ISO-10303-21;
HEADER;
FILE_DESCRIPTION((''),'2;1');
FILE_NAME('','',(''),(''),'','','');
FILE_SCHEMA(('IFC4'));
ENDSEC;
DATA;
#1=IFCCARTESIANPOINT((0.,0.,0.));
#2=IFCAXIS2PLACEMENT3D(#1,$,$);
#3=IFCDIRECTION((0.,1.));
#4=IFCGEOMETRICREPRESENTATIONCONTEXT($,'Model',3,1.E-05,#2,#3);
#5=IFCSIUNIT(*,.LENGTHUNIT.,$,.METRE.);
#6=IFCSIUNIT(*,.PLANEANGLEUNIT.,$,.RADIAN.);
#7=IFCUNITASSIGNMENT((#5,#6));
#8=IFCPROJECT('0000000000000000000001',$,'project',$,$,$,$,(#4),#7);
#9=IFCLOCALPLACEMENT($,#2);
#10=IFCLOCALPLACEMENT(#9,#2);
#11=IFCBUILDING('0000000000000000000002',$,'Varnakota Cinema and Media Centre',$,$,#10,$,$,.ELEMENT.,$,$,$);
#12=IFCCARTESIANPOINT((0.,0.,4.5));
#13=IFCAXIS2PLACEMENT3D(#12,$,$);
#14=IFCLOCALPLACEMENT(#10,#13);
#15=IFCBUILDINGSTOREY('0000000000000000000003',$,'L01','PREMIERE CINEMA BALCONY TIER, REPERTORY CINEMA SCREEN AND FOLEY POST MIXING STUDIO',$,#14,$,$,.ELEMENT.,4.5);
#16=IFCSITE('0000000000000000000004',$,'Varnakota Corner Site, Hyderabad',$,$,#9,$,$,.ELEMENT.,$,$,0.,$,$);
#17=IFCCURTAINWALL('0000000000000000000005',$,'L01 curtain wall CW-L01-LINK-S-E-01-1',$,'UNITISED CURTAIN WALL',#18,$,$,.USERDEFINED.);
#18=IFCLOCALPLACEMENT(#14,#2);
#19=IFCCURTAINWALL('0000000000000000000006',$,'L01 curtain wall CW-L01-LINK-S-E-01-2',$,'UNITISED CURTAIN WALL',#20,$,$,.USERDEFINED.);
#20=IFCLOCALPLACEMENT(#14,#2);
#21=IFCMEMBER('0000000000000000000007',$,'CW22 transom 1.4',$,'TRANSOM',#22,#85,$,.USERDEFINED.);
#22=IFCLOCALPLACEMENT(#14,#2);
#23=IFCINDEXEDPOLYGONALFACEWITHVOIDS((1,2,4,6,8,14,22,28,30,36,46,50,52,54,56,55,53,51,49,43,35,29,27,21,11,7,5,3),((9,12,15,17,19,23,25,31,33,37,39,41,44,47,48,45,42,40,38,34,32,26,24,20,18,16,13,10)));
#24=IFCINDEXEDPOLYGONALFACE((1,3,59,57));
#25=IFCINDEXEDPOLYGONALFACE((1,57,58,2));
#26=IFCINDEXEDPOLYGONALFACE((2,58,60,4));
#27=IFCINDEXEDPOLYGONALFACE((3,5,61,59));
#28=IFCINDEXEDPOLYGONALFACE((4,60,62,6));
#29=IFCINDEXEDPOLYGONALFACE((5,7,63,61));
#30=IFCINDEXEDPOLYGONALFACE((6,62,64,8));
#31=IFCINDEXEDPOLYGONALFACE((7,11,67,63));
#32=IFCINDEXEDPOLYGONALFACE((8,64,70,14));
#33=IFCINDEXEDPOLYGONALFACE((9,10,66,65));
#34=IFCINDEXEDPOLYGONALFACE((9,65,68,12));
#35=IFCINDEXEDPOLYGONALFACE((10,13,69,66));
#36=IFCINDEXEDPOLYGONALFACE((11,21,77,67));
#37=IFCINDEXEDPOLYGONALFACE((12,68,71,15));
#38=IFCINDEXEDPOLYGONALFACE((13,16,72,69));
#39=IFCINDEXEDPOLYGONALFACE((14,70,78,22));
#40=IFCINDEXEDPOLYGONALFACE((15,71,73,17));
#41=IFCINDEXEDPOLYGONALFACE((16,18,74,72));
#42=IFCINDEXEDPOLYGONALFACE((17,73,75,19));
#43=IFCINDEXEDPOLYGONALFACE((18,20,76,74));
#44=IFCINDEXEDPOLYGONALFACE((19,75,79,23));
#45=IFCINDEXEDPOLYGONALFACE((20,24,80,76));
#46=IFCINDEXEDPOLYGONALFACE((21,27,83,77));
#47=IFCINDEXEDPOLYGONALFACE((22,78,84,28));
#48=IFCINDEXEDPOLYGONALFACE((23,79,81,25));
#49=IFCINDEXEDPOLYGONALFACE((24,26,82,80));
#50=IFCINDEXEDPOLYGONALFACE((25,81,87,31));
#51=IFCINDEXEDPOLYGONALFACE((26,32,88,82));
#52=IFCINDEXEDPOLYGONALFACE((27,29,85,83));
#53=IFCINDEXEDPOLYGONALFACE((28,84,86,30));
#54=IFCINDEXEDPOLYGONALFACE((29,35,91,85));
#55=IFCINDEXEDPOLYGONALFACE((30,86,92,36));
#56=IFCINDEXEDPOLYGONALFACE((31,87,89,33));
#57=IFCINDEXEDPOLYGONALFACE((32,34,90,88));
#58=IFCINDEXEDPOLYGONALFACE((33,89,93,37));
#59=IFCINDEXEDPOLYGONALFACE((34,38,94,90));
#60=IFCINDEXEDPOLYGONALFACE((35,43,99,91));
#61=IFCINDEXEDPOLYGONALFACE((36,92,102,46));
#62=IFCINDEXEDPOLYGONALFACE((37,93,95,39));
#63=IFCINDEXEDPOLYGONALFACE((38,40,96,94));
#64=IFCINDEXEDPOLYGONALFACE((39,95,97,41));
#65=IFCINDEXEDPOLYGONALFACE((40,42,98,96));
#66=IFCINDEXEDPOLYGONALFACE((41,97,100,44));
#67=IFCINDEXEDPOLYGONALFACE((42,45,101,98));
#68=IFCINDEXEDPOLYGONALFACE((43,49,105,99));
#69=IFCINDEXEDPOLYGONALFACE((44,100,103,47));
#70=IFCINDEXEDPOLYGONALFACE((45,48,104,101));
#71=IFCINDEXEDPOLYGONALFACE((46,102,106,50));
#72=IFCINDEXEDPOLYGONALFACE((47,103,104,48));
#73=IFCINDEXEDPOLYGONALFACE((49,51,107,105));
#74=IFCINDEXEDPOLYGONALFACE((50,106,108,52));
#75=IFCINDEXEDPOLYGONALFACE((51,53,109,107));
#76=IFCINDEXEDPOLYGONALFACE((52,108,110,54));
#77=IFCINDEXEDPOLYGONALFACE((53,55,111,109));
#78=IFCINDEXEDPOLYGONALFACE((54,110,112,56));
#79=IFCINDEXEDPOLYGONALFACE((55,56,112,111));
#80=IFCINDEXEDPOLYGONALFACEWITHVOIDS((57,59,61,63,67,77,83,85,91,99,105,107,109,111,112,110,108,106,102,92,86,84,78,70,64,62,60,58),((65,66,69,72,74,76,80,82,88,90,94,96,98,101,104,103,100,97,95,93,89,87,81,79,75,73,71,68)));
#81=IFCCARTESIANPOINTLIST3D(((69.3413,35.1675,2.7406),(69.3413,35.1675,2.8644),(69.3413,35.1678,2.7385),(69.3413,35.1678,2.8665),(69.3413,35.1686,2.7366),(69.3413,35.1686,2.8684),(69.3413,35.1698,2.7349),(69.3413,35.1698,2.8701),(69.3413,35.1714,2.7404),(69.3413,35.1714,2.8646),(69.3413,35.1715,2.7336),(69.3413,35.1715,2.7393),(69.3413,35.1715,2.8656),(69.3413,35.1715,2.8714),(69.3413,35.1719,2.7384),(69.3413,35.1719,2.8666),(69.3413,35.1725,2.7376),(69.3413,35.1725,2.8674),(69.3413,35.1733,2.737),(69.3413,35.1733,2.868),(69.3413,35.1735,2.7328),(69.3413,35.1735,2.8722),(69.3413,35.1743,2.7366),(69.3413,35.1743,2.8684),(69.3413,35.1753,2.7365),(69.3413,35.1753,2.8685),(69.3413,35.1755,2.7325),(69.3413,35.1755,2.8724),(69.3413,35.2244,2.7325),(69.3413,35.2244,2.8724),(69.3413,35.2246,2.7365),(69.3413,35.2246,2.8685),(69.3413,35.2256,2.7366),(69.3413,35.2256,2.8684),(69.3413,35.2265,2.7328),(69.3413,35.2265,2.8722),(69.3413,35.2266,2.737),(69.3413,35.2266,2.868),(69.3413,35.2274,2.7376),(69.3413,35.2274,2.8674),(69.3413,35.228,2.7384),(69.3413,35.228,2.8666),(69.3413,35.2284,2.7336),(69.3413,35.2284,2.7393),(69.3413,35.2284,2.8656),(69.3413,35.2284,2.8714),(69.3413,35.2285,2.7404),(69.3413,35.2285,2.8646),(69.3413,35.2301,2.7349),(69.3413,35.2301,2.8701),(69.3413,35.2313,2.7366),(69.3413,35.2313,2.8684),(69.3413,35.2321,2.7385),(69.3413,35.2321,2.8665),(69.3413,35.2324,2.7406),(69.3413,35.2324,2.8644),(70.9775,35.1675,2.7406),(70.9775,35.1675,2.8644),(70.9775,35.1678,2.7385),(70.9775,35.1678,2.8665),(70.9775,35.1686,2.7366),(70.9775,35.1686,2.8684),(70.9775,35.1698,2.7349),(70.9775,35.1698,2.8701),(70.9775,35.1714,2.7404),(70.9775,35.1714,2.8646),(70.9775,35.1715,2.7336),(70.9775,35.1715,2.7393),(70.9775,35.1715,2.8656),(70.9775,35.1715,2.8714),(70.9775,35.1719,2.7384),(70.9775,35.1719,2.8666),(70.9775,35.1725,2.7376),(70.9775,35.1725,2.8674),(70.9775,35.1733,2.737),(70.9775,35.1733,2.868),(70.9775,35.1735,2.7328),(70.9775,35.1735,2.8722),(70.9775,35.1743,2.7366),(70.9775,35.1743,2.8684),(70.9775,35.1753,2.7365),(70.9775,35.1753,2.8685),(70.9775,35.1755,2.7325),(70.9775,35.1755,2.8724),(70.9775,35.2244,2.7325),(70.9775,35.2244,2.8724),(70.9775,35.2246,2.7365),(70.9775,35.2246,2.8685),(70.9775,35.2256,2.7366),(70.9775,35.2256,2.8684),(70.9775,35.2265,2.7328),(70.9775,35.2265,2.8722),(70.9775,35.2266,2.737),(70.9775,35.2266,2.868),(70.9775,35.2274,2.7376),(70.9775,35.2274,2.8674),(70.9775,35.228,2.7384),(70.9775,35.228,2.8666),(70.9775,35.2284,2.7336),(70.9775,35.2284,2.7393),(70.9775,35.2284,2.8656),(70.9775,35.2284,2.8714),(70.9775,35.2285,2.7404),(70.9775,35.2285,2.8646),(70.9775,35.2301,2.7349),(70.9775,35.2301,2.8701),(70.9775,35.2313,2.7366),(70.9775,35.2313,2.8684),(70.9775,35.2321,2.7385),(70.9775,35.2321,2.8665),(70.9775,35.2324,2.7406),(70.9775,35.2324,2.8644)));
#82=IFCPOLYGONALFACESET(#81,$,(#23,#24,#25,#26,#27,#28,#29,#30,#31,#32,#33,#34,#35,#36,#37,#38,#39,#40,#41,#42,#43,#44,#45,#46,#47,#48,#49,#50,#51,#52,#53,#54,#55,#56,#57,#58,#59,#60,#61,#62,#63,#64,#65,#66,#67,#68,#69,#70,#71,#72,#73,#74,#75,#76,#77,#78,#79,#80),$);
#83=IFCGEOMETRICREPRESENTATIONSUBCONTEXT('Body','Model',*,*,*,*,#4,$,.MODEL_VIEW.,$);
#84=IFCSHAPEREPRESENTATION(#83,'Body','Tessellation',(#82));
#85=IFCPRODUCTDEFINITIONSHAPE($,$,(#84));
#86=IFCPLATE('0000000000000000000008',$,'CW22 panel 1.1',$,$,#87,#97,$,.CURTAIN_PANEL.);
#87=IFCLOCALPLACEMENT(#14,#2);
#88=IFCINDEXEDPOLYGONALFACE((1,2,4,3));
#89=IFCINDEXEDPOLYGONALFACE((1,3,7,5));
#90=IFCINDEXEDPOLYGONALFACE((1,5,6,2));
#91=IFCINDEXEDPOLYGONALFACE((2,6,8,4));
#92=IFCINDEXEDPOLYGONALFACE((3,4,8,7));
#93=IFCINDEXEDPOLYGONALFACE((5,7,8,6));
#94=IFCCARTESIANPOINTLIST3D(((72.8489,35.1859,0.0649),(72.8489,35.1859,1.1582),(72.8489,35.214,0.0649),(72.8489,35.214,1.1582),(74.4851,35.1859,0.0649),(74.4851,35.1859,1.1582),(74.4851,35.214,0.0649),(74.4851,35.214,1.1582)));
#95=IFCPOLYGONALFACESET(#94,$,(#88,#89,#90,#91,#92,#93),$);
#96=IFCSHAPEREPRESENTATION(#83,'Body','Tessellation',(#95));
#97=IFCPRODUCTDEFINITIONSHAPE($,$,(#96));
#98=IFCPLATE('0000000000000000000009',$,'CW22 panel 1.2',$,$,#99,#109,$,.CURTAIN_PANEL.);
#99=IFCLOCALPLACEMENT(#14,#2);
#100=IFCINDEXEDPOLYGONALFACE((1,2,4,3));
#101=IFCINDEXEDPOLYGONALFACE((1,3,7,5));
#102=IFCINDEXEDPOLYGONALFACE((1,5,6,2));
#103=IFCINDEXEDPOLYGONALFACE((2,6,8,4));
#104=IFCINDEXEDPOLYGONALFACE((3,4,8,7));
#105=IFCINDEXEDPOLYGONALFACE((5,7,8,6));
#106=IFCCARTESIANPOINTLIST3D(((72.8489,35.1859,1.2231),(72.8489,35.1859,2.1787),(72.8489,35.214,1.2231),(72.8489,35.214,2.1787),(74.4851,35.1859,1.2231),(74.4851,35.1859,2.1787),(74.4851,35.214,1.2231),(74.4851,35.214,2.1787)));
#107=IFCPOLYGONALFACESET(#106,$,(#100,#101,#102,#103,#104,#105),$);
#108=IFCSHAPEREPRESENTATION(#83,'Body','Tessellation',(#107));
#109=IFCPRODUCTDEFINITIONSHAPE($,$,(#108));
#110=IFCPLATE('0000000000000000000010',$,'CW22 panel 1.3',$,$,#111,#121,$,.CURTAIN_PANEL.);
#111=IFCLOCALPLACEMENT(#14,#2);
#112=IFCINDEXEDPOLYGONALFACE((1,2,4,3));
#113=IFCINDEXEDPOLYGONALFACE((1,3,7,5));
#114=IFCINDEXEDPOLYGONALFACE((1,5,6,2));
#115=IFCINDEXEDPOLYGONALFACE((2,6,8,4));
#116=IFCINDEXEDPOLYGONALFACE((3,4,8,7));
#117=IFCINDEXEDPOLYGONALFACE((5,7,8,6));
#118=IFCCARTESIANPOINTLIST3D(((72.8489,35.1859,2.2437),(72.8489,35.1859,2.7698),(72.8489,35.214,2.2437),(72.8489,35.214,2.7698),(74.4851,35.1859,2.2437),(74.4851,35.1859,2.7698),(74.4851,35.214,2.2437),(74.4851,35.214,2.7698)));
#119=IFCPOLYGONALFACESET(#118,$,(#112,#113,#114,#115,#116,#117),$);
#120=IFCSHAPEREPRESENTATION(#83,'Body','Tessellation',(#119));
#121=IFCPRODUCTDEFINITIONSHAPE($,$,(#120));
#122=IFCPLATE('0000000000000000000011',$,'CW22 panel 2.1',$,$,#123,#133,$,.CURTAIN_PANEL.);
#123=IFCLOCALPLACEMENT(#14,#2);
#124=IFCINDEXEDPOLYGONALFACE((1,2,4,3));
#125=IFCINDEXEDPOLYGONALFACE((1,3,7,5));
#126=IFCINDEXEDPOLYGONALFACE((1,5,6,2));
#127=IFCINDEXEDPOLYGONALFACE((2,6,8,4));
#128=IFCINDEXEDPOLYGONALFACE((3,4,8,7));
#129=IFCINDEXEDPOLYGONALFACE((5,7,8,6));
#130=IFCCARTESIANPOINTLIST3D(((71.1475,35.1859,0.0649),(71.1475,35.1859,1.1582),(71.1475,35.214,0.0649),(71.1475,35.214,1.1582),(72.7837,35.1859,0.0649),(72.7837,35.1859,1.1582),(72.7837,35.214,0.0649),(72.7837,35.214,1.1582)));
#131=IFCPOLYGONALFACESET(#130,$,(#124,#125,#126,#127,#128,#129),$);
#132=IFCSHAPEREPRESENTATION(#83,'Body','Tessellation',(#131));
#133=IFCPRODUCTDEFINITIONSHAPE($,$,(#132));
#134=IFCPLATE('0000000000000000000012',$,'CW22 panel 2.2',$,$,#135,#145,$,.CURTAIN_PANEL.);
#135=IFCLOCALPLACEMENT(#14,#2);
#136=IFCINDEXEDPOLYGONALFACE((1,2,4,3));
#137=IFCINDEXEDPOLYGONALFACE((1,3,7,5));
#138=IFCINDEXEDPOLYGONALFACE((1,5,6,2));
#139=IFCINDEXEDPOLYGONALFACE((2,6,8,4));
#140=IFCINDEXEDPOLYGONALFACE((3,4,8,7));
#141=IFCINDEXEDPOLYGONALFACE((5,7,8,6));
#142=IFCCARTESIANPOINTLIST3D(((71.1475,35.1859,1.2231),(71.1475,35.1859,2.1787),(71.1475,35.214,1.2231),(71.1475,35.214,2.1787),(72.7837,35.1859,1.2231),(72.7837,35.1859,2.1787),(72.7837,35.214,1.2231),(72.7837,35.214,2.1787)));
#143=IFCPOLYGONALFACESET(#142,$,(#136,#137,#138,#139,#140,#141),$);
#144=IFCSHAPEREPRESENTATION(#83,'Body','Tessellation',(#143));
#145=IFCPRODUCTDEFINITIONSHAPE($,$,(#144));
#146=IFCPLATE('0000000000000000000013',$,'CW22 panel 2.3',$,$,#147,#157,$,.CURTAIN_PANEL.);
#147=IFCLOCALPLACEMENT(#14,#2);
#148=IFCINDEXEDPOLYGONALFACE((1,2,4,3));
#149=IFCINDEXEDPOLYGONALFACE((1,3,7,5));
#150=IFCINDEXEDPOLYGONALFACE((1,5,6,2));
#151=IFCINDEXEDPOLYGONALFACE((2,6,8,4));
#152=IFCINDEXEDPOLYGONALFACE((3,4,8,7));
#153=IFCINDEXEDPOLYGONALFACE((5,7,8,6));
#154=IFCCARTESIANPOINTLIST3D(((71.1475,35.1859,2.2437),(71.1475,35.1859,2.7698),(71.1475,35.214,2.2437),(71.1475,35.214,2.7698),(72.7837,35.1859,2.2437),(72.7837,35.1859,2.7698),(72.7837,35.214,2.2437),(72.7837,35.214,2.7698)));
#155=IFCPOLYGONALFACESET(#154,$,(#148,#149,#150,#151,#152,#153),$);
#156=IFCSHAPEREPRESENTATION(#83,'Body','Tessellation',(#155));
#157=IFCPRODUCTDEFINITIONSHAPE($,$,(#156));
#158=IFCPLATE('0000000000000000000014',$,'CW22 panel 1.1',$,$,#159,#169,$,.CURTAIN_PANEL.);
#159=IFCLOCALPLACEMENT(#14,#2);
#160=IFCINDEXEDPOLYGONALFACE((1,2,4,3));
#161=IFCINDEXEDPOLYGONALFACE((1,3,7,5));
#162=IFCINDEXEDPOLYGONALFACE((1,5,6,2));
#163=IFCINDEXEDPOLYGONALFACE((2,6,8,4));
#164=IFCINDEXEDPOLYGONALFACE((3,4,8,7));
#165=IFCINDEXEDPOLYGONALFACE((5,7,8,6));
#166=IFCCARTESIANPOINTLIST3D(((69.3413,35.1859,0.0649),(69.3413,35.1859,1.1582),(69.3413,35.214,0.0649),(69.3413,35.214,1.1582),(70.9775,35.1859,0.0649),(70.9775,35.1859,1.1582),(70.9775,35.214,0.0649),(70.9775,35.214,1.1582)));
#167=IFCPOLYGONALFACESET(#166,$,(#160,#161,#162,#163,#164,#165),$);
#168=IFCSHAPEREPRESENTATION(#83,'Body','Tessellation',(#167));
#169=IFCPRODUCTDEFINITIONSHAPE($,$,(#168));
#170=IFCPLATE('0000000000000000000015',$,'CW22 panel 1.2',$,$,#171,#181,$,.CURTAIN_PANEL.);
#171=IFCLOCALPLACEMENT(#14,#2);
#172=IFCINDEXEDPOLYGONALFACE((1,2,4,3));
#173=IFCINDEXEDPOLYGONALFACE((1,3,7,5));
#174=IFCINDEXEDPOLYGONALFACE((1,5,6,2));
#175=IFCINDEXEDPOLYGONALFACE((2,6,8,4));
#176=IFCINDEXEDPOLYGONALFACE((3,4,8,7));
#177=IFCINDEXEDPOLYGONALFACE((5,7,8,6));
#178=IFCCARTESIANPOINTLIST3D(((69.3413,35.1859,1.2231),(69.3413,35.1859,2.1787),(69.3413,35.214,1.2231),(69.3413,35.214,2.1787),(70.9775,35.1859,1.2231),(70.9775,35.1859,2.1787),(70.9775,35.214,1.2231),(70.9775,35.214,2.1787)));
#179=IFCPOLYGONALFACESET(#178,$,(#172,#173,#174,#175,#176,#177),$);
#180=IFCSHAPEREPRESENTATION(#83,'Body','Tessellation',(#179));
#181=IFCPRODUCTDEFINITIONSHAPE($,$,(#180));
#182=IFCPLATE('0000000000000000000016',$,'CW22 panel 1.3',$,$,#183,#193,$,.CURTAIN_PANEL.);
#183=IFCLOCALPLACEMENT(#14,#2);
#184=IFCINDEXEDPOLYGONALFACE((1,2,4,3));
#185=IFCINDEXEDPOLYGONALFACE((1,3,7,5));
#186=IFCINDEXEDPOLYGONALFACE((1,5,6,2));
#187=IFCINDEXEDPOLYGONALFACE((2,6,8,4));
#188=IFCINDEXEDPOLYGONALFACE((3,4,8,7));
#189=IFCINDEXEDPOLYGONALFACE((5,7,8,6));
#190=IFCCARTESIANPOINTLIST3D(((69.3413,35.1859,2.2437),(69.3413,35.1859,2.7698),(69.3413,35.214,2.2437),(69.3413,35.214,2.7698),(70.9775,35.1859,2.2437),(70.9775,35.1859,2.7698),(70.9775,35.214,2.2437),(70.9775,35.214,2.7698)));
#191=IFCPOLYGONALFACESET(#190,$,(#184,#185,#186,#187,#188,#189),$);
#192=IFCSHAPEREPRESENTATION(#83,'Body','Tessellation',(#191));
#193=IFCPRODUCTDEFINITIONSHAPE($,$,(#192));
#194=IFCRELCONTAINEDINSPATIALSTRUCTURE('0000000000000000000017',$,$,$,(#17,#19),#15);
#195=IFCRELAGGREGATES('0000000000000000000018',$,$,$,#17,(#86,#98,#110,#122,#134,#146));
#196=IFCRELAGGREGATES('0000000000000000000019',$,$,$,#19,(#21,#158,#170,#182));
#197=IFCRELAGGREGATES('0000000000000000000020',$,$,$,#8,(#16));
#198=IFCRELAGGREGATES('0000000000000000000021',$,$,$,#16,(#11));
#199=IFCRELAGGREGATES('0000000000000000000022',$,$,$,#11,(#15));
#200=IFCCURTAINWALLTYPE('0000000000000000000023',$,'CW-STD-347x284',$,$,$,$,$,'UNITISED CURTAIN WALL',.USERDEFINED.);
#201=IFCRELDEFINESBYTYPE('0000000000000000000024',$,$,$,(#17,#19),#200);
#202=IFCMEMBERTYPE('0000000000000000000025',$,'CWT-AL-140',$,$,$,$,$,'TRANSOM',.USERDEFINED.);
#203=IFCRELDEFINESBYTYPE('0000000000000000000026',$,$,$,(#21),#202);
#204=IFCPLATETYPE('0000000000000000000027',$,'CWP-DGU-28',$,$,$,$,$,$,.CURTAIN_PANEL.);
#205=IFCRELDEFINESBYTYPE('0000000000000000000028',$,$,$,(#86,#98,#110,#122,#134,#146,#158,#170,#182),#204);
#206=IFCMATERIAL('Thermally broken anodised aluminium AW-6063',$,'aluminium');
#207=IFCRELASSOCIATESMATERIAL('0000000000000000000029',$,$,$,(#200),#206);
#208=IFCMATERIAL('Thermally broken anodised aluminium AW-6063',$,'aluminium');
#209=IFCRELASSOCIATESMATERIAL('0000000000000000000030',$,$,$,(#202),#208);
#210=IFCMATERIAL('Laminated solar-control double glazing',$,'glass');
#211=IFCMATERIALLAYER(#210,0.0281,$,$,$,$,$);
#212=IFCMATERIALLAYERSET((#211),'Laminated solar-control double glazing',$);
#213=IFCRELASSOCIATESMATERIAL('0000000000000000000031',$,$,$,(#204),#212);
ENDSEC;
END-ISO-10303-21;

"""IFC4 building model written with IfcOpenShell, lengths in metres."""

from ifc_helpers import new_model, si_unit, direction, frame, origin, origin_2d, place, context, subcontext, project, spatial, rectangle, hollow_rectangle, extrude, material, layer, layer_set, material_profile, profile_set, type_object, element, aggregate, save


model = new_model("IFC4")

# Units and contexts
model_context = context("Model", 3, precision=1e-05, world=origin(), true_north=direction((0.0, 1.0)))
body_context = subcontext(model_context, "Body", "Model", "MODEL_VIEW")
ifc_project = project(units=[si_unit("LENGTHUNIT", "METRE"), si_unit("PLANEANGLEUNIT", "RADIAN")], contexts=[model_context])

# Site, building, storey
site_placement = place(None, origin())
site = spatial("IfcSite", under=ifc_project, at=site_placement, Name="Varnakota Corner Site, Hyderabad", CompositionType="ELEMENT", RefElevation=0.0)
building_placement = place(site_placement, origin())
building = spatial("IfcBuilding", under=site, at=building_placement, Name="Varnakota Cinema and Media Centre", CompositionType="ELEMENT")
storey_placement = place(building_placement, frame((0.0, 0.0, 4.5)))
storey = spatial("IfcBuildingStorey", under=building, at=storey_placement, Name="L01", Description="PREMIERE CINEMA BALCONY TIER, REPERTORY CINEMA SCREEN AND FOLEY POST MIXING STUDIO", CompositionType="ELEMENT", Elevation=4.5)

# Curtain wall
ifc_material_1 = material(Name="Thermally broken anodised aluminium AW-6063", Category="aluminium")
curtain_wall_type = type_object("IfcCurtainWallType", Name="CW-STD-347x284", ElementType="UNITISED CURTAIN WALL", PredefinedType="USERDEFINED", material=ifc_material_1)
curtain_wall_1_placement = place(storey_placement, origin())
curtain_wall_1 = element("IfcCurtainWall", 1, at=curtain_wall_1_placement, inside=storey, type_object=curtain_wall_type, Name="L01 curtain wall CW-L01-LINK-S-E-01-1", ObjectType="UNITISED CURTAIN WALL", PredefinedType="USERDEFINED")

# Curtain wall
curtain_wall_2_placement = place(storey_placement, origin())
curtain_wall_2 = element("IfcCurtainWall", 2, at=curtain_wall_2_placement, inside=storey, type_object=curtain_wall_type, Name="L01 curtain wall CW-L01-LINK-S-E-01-2", ObjectType="UNITISED CURTAIN WALL", PredefinedType="USERDEFINED")

# Member
ifc_material_2 = material(Name="Thermally broken anodised aluminium AW-6063", Category="aluminium")
ifc_material_profile_1 = material_profile(ifc_material_2, hollow_rectangle(XDim=0.0649, YDim=0.1399, WallThickness=0.0039, InnerFilletRadius=0.0039, OuterFilletRadius=0.0081, at=origin_2d()), Name="AL-TRANSOM 140x65x4")
ifc_profile_set_1 = profile_set([ifc_material_profile_1], Name="Thermally broken anodised aluminium AW-6063")
member_type_1 = type_object("IfcMemberType", Name="CWT-AL-140", ElementType="TRANSOM", PredefinedType="USERDEFINED", material=ifc_profile_set_1)
member_1_placement = place(storey_placement, frame((70.9775, 35.2, 2.8025), z_axis=(-1.0, 0.0, 0.0), x_axis=(0.0, -1.0, 0.0)))
member_1 = element("IfcMember", 3, at=member_1_placement, type_object=member_type_1, Name="CW22 transom 1.4", ObjectType="TRANSOM", PredefinedType="USERDEFINED", context=body_context, shape_type="SweptSolid", body=[
    extrude(hollow_rectangle(XDim=0.0649, YDim=0.1399, WallThickness=0.0039, InnerFilletRadius=0.0039, OuterFilletRadius=0.0081, at=origin_2d()), origin(), (0.0, 0.0, 1.0), 1.6362),
])

# Plates
ifc_material_3 = material(Name="Laminated solar-control double glazing", Category="glass")
ifc_layer_1 = layer(ifc_material_3, 0.0281)
ifc_layer_set_1 = layer_set([ifc_layer_1], Name="Laminated solar-control double glazing")
plate_type = type_object("IfcPlateType", Name="CWP-DGU-28", PredefinedType="CURTAIN_PANEL", material=ifc_layer_set_1)
plate_1_placement = place(storey_placement, frame((73.667, 35.2, 0.0649), z_axis=(0.0, 0.0, 1.0), x_axis=(-1.0, 0.0, 0.0)))
plate_1 = element("IfcPlate", 4, at=plate_1_placement, type_object=plate_type, Name="CW22 panel 1.1", PredefinedType="CURTAIN_PANEL", context=body_context, shape_type="SweptSolid", body=[
    extrude(rectangle(XDim=1.6362, YDim=0.0281, at=origin_2d()), origin(), (0.0, 0.0, 1.0), 1.0933),
])
plate_2_placement = place(storey_placement, frame((73.667, 35.2, 1.2231), z_axis=(0.0, 0.0, 1.0), x_axis=(-1.0, 0.0, 0.0)))
plate_2 = element("IfcPlate", 5, at=plate_2_placement, type_object=plate_type, Name="CW22 panel 1.2", PredefinedType="CURTAIN_PANEL", context=body_context, shape_type="SweptSolid", body=[
    extrude(rectangle(XDim=1.6362, YDim=0.0281, at=origin_2d()), origin(), (0.0, 0.0, 1.0), 0.9556),
])
plate_3_placement = place(storey_placement, frame((73.667, 35.2, 2.2437), z_axis=(0.0, 0.0, 1.0), x_axis=(-1.0, 0.0, 0.0)))
plate_3 = element("IfcPlate", 6, at=plate_3_placement, type_object=plate_type, Name="CW22 panel 1.3", PredefinedType="CURTAIN_PANEL", context=body_context, shape_type="SweptSolid", body=[
    extrude(rectangle(XDim=1.6362, YDim=0.0281, at=origin_2d()), origin(), (0.0, 0.0, 1.0), 0.5261),
])
plate_4_placement = place(storey_placement, frame((71.9656, 35.2, 0.0649), z_axis=(0.0, 0.0, 1.0), x_axis=(-1.0, 0.0, 0.0)))
plate_4 = element("IfcPlate", 7, at=plate_4_placement, type_object=plate_type, Name="CW22 panel 2.1", PredefinedType="CURTAIN_PANEL", context=body_context, shape_type="SweptSolid", body=[
    extrude(rectangle(XDim=1.6362, YDim=0.0281, at=origin_2d()), origin(), (0.0, 0.0, 1.0), 1.0933),
])
plate_5_placement = place(storey_placement, frame((71.9656, 35.2, 1.2231), z_axis=(0.0, 0.0, 1.0), x_axis=(-1.0, 0.0, 0.0)))
plate_5 = element("IfcPlate", 8, at=plate_5_placement, type_object=plate_type, Name="CW22 panel 2.2", PredefinedType="CURTAIN_PANEL", context=body_context, shape_type="SweptSolid", body=[
    extrude(rectangle(XDim=1.6362, YDim=0.0281, at=origin_2d()), origin(), (0.0, 0.0, 1.0), 0.9556),
])
plate_6_placement = place(storey_placement, frame((71.9656, 35.2, 2.2437), z_axis=(0.0, 0.0, 1.0), x_axis=(-1.0, 0.0, 0.0)))
plate_6 = element("IfcPlate", 9, at=plate_6_placement, type_object=plate_type, Name="CW22 panel 2.3", PredefinedType="CURTAIN_PANEL", context=body_context, shape_type="SweptSolid", body=[
    extrude(rectangle(XDim=1.6362, YDim=0.0281, at=origin_2d()), origin(), (0.0, 0.0, 1.0), 0.5261),
])
aggregate(curtain_wall_1, [plate_1, plate_2, plate_3, plate_4, plate_5, plate_6])
plate_7_placement = place(storey_placement, frame((70.1594, 35.2, 0.0649), z_axis=(0.0, 0.0, 1.0), x_axis=(-1.0, 0.0, 0.0)))
plate_7 = element("IfcPlate", 10, at=plate_7_placement, type_object=plate_type, Name="CW22 panel 1.1", PredefinedType="CURTAIN_PANEL", context=body_context, shape_type="SweptSolid", body=[
    extrude(rectangle(XDim=1.6362, YDim=0.0281, at=origin_2d()), origin(), (0.0, 0.0, 1.0), 1.0933),
])
plate_8_placement = place(storey_placement, frame((70.1594, 35.2, 1.2231), z_axis=(0.0, 0.0, 1.0), x_axis=(-1.0, 0.0, 0.0)))
plate_8 = element("IfcPlate", 11, at=plate_8_placement, type_object=plate_type, Name="CW22 panel 1.2", PredefinedType="CURTAIN_PANEL", context=body_context, shape_type="SweptSolid", body=[
    extrude(rectangle(XDim=1.6362, YDim=0.0281, at=origin_2d()), origin(), (0.0, 0.0, 1.0), 0.9556),
])
plate_9_placement = place(storey_placement, frame((70.1594, 35.2, 2.2437), z_axis=(0.0, 0.0, 1.0), x_axis=(-1.0, 0.0, 0.0)))
plate_9 = element("IfcPlate", 12, at=plate_9_placement, type_object=plate_type, Name="CW22 panel 1.3", PredefinedType="CURTAIN_PANEL", context=body_context, shape_type="SweptSolid", body=[
    extrude(rectangle(XDim=1.6362, YDim=0.0281, at=origin_2d()), origin(), (0.0, 0.0, 1.0), 0.5261),
])
aggregate(curtain_wall_2, [member_1, plate_7, plate_8, plate_9])

save(model, "model.ifc")
